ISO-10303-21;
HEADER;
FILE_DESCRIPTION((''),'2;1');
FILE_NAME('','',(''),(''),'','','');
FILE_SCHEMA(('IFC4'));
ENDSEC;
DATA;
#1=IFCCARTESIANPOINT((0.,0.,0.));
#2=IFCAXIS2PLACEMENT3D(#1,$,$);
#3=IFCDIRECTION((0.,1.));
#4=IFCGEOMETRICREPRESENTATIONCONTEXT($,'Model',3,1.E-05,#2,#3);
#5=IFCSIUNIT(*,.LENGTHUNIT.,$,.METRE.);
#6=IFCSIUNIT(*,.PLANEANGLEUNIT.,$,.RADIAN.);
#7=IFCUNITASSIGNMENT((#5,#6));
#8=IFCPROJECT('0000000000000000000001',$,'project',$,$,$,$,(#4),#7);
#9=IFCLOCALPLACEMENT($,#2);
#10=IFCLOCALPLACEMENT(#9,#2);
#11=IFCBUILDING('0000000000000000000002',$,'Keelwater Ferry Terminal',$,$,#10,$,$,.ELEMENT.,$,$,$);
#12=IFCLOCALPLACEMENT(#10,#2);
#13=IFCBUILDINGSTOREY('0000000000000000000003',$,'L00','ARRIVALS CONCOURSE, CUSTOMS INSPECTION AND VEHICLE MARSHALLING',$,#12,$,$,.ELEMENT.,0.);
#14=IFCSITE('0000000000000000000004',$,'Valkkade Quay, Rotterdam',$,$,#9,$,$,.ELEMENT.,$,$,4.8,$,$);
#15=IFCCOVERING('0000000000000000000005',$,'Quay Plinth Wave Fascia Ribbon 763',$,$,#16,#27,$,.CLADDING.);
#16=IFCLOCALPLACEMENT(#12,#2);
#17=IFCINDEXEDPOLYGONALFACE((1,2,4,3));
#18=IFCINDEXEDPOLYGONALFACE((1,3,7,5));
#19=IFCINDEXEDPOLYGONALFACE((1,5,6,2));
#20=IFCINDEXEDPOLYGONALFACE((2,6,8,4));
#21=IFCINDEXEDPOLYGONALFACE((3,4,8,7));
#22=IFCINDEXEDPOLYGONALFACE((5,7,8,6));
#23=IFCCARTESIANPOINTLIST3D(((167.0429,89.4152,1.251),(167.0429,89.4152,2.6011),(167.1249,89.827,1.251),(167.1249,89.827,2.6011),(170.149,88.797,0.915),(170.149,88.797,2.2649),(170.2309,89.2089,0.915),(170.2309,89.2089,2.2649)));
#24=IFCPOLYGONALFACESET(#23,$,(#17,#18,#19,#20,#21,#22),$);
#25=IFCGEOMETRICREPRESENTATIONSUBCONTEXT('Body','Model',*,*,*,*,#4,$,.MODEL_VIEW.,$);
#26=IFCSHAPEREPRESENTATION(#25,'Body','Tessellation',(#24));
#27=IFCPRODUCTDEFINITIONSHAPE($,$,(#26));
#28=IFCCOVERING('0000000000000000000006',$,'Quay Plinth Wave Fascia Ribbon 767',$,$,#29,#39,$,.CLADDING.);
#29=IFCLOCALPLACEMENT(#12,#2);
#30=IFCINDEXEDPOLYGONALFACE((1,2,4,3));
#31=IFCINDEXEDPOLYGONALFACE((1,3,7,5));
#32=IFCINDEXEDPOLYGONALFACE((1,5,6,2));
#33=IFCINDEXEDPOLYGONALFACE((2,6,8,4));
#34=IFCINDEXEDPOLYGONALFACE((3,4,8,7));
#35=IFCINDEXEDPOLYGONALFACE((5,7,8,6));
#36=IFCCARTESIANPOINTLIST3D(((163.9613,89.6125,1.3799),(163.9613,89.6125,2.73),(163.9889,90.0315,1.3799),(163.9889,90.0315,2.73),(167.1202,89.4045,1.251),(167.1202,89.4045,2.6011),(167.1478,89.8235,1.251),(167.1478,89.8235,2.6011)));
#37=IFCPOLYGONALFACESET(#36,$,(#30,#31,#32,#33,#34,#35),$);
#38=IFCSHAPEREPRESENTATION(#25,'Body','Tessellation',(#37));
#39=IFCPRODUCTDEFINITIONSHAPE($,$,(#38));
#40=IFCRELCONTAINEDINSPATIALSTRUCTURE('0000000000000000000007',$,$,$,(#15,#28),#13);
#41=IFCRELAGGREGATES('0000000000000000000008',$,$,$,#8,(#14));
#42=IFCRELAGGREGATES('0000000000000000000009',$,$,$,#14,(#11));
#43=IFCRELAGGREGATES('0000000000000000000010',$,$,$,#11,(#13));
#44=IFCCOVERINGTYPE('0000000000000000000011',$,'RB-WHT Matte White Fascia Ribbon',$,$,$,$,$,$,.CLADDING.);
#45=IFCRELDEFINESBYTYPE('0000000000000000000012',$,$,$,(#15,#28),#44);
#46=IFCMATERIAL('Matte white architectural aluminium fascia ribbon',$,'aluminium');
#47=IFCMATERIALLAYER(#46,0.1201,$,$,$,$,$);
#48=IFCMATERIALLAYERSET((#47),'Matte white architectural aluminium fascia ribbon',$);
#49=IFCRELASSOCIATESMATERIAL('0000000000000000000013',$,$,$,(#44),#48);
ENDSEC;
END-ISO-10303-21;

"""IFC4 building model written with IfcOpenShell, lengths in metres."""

from ifc_helpers import new_model, si_unit, direction, frame, origin, place, context, subcontext, project, spatial, polyline, outline, extrude, material, layer, layer_set, type_object, element, save


model = new_model("IFC4")

# Units and contexts
model_context = context("Model", 3, precision=1e-05, world=origin(), true_north=direction((0.0, 1.0)))
body_context = subcontext(model_context, "Body", "Model", "MODEL_VIEW")
ifc_project = project(units=[si_unit("LENGTHUNIT", "METRE"), si_unit("PLANEANGLEUNIT", "RADIAN")], contexts=[model_context])

# Site, building, storey
site_placement = place(None, origin())
site = spatial("IfcSite", under=ifc_project, at=site_placement, Name="Valkkade Quay, Rotterdam", CompositionType="ELEMENT", RefElevation=4.8)
building_placement = place(site_placement, origin())
building = spatial("IfcBuilding", under=site, at=building_placement, Name="Keelwater Ferry Terminal", CompositionType="ELEMENT")
storey_placement = place(building_placement, origin())
storey = spatial("IfcBuildingStorey", under=building, at=storey_placement, Name="L00", Description="ARRIVALS CONCOURSE, CUSTOMS INSPECTION AND VEHICLE MARSHALLING", CompositionType="ELEMENT", Elevation=0.0)

# Coverings
ifc_material_1 = material(Name="Matte white architectural aluminium fascia ribbon", Category="aluminium")
ifc_layer_1 = layer(ifc_material_1, 0.1201)
ifc_layer_set_1 = layer_set([ifc_layer_1], Name="Matte white architectural aluminium fascia ribbon")
covering_type = type_object("IfcCoveringType", Name="RB-WHT Matte White Fascia Ribbon", PredefinedType="CLADDING", material=ifc_layer_set_1)
covering_1_placement = place(storey_placement, frame((170.1899, 89.0029, 0.915), z_axis=(0.0, 0.0, 1.0), x_axis=(-0.980764, 0.195197, 0.0)))
element("IfcCovering", 1, at=covering_1_placement, inside=storey, type_object=covering_type, Name="Quay Plinth Wave Fascia Ribbon 763", PredefinedType="CLADDING", context=body_context, shape_type="SweptSolid", body=[
    extrude(outline(polyline([(0.0, 0.0), (3.167, 0.3359), (3.167, 1.686), (0.0, 1.3499), (0.0, 0.0)])), frame((0.0, 0.21, 0.0), z_axis=(0.0, -1.0, 0.0), x_axis=(1.0, 0.0, 0.0)), (0.0, 0.0, 1.0), 0.4199),
])
covering_2_placement = place(storey_placement, frame((167.134, 89.614, 1.251), z_axis=(0.0, 0.0, 1.0), x_axis=(-0.997839, 0.065705, 0.0)))
element("IfcCovering", 2, at=covering_2_placement, inside=storey, type_object=covering_type, Name="Quay Plinth Wave Fascia Ribbon 767", PredefinedType="CLADDING", context=body_context, shape_type="SweptSolid", body=[
    extrude(outline(polyline([(0.0, 0.0), (3.1658, 0.1289), (3.1658, 1.479), (0.0, 1.3501), (0.0, 0.0)])), frame((0.0, 0.21, 0.0), z_axis=(0.0, -1.0, 0.0), x_axis=(1.0, 0.0, 0.0)), (0.0, 0.0, 1.0), 0.4199),
])

save(model, "model.ifc")
